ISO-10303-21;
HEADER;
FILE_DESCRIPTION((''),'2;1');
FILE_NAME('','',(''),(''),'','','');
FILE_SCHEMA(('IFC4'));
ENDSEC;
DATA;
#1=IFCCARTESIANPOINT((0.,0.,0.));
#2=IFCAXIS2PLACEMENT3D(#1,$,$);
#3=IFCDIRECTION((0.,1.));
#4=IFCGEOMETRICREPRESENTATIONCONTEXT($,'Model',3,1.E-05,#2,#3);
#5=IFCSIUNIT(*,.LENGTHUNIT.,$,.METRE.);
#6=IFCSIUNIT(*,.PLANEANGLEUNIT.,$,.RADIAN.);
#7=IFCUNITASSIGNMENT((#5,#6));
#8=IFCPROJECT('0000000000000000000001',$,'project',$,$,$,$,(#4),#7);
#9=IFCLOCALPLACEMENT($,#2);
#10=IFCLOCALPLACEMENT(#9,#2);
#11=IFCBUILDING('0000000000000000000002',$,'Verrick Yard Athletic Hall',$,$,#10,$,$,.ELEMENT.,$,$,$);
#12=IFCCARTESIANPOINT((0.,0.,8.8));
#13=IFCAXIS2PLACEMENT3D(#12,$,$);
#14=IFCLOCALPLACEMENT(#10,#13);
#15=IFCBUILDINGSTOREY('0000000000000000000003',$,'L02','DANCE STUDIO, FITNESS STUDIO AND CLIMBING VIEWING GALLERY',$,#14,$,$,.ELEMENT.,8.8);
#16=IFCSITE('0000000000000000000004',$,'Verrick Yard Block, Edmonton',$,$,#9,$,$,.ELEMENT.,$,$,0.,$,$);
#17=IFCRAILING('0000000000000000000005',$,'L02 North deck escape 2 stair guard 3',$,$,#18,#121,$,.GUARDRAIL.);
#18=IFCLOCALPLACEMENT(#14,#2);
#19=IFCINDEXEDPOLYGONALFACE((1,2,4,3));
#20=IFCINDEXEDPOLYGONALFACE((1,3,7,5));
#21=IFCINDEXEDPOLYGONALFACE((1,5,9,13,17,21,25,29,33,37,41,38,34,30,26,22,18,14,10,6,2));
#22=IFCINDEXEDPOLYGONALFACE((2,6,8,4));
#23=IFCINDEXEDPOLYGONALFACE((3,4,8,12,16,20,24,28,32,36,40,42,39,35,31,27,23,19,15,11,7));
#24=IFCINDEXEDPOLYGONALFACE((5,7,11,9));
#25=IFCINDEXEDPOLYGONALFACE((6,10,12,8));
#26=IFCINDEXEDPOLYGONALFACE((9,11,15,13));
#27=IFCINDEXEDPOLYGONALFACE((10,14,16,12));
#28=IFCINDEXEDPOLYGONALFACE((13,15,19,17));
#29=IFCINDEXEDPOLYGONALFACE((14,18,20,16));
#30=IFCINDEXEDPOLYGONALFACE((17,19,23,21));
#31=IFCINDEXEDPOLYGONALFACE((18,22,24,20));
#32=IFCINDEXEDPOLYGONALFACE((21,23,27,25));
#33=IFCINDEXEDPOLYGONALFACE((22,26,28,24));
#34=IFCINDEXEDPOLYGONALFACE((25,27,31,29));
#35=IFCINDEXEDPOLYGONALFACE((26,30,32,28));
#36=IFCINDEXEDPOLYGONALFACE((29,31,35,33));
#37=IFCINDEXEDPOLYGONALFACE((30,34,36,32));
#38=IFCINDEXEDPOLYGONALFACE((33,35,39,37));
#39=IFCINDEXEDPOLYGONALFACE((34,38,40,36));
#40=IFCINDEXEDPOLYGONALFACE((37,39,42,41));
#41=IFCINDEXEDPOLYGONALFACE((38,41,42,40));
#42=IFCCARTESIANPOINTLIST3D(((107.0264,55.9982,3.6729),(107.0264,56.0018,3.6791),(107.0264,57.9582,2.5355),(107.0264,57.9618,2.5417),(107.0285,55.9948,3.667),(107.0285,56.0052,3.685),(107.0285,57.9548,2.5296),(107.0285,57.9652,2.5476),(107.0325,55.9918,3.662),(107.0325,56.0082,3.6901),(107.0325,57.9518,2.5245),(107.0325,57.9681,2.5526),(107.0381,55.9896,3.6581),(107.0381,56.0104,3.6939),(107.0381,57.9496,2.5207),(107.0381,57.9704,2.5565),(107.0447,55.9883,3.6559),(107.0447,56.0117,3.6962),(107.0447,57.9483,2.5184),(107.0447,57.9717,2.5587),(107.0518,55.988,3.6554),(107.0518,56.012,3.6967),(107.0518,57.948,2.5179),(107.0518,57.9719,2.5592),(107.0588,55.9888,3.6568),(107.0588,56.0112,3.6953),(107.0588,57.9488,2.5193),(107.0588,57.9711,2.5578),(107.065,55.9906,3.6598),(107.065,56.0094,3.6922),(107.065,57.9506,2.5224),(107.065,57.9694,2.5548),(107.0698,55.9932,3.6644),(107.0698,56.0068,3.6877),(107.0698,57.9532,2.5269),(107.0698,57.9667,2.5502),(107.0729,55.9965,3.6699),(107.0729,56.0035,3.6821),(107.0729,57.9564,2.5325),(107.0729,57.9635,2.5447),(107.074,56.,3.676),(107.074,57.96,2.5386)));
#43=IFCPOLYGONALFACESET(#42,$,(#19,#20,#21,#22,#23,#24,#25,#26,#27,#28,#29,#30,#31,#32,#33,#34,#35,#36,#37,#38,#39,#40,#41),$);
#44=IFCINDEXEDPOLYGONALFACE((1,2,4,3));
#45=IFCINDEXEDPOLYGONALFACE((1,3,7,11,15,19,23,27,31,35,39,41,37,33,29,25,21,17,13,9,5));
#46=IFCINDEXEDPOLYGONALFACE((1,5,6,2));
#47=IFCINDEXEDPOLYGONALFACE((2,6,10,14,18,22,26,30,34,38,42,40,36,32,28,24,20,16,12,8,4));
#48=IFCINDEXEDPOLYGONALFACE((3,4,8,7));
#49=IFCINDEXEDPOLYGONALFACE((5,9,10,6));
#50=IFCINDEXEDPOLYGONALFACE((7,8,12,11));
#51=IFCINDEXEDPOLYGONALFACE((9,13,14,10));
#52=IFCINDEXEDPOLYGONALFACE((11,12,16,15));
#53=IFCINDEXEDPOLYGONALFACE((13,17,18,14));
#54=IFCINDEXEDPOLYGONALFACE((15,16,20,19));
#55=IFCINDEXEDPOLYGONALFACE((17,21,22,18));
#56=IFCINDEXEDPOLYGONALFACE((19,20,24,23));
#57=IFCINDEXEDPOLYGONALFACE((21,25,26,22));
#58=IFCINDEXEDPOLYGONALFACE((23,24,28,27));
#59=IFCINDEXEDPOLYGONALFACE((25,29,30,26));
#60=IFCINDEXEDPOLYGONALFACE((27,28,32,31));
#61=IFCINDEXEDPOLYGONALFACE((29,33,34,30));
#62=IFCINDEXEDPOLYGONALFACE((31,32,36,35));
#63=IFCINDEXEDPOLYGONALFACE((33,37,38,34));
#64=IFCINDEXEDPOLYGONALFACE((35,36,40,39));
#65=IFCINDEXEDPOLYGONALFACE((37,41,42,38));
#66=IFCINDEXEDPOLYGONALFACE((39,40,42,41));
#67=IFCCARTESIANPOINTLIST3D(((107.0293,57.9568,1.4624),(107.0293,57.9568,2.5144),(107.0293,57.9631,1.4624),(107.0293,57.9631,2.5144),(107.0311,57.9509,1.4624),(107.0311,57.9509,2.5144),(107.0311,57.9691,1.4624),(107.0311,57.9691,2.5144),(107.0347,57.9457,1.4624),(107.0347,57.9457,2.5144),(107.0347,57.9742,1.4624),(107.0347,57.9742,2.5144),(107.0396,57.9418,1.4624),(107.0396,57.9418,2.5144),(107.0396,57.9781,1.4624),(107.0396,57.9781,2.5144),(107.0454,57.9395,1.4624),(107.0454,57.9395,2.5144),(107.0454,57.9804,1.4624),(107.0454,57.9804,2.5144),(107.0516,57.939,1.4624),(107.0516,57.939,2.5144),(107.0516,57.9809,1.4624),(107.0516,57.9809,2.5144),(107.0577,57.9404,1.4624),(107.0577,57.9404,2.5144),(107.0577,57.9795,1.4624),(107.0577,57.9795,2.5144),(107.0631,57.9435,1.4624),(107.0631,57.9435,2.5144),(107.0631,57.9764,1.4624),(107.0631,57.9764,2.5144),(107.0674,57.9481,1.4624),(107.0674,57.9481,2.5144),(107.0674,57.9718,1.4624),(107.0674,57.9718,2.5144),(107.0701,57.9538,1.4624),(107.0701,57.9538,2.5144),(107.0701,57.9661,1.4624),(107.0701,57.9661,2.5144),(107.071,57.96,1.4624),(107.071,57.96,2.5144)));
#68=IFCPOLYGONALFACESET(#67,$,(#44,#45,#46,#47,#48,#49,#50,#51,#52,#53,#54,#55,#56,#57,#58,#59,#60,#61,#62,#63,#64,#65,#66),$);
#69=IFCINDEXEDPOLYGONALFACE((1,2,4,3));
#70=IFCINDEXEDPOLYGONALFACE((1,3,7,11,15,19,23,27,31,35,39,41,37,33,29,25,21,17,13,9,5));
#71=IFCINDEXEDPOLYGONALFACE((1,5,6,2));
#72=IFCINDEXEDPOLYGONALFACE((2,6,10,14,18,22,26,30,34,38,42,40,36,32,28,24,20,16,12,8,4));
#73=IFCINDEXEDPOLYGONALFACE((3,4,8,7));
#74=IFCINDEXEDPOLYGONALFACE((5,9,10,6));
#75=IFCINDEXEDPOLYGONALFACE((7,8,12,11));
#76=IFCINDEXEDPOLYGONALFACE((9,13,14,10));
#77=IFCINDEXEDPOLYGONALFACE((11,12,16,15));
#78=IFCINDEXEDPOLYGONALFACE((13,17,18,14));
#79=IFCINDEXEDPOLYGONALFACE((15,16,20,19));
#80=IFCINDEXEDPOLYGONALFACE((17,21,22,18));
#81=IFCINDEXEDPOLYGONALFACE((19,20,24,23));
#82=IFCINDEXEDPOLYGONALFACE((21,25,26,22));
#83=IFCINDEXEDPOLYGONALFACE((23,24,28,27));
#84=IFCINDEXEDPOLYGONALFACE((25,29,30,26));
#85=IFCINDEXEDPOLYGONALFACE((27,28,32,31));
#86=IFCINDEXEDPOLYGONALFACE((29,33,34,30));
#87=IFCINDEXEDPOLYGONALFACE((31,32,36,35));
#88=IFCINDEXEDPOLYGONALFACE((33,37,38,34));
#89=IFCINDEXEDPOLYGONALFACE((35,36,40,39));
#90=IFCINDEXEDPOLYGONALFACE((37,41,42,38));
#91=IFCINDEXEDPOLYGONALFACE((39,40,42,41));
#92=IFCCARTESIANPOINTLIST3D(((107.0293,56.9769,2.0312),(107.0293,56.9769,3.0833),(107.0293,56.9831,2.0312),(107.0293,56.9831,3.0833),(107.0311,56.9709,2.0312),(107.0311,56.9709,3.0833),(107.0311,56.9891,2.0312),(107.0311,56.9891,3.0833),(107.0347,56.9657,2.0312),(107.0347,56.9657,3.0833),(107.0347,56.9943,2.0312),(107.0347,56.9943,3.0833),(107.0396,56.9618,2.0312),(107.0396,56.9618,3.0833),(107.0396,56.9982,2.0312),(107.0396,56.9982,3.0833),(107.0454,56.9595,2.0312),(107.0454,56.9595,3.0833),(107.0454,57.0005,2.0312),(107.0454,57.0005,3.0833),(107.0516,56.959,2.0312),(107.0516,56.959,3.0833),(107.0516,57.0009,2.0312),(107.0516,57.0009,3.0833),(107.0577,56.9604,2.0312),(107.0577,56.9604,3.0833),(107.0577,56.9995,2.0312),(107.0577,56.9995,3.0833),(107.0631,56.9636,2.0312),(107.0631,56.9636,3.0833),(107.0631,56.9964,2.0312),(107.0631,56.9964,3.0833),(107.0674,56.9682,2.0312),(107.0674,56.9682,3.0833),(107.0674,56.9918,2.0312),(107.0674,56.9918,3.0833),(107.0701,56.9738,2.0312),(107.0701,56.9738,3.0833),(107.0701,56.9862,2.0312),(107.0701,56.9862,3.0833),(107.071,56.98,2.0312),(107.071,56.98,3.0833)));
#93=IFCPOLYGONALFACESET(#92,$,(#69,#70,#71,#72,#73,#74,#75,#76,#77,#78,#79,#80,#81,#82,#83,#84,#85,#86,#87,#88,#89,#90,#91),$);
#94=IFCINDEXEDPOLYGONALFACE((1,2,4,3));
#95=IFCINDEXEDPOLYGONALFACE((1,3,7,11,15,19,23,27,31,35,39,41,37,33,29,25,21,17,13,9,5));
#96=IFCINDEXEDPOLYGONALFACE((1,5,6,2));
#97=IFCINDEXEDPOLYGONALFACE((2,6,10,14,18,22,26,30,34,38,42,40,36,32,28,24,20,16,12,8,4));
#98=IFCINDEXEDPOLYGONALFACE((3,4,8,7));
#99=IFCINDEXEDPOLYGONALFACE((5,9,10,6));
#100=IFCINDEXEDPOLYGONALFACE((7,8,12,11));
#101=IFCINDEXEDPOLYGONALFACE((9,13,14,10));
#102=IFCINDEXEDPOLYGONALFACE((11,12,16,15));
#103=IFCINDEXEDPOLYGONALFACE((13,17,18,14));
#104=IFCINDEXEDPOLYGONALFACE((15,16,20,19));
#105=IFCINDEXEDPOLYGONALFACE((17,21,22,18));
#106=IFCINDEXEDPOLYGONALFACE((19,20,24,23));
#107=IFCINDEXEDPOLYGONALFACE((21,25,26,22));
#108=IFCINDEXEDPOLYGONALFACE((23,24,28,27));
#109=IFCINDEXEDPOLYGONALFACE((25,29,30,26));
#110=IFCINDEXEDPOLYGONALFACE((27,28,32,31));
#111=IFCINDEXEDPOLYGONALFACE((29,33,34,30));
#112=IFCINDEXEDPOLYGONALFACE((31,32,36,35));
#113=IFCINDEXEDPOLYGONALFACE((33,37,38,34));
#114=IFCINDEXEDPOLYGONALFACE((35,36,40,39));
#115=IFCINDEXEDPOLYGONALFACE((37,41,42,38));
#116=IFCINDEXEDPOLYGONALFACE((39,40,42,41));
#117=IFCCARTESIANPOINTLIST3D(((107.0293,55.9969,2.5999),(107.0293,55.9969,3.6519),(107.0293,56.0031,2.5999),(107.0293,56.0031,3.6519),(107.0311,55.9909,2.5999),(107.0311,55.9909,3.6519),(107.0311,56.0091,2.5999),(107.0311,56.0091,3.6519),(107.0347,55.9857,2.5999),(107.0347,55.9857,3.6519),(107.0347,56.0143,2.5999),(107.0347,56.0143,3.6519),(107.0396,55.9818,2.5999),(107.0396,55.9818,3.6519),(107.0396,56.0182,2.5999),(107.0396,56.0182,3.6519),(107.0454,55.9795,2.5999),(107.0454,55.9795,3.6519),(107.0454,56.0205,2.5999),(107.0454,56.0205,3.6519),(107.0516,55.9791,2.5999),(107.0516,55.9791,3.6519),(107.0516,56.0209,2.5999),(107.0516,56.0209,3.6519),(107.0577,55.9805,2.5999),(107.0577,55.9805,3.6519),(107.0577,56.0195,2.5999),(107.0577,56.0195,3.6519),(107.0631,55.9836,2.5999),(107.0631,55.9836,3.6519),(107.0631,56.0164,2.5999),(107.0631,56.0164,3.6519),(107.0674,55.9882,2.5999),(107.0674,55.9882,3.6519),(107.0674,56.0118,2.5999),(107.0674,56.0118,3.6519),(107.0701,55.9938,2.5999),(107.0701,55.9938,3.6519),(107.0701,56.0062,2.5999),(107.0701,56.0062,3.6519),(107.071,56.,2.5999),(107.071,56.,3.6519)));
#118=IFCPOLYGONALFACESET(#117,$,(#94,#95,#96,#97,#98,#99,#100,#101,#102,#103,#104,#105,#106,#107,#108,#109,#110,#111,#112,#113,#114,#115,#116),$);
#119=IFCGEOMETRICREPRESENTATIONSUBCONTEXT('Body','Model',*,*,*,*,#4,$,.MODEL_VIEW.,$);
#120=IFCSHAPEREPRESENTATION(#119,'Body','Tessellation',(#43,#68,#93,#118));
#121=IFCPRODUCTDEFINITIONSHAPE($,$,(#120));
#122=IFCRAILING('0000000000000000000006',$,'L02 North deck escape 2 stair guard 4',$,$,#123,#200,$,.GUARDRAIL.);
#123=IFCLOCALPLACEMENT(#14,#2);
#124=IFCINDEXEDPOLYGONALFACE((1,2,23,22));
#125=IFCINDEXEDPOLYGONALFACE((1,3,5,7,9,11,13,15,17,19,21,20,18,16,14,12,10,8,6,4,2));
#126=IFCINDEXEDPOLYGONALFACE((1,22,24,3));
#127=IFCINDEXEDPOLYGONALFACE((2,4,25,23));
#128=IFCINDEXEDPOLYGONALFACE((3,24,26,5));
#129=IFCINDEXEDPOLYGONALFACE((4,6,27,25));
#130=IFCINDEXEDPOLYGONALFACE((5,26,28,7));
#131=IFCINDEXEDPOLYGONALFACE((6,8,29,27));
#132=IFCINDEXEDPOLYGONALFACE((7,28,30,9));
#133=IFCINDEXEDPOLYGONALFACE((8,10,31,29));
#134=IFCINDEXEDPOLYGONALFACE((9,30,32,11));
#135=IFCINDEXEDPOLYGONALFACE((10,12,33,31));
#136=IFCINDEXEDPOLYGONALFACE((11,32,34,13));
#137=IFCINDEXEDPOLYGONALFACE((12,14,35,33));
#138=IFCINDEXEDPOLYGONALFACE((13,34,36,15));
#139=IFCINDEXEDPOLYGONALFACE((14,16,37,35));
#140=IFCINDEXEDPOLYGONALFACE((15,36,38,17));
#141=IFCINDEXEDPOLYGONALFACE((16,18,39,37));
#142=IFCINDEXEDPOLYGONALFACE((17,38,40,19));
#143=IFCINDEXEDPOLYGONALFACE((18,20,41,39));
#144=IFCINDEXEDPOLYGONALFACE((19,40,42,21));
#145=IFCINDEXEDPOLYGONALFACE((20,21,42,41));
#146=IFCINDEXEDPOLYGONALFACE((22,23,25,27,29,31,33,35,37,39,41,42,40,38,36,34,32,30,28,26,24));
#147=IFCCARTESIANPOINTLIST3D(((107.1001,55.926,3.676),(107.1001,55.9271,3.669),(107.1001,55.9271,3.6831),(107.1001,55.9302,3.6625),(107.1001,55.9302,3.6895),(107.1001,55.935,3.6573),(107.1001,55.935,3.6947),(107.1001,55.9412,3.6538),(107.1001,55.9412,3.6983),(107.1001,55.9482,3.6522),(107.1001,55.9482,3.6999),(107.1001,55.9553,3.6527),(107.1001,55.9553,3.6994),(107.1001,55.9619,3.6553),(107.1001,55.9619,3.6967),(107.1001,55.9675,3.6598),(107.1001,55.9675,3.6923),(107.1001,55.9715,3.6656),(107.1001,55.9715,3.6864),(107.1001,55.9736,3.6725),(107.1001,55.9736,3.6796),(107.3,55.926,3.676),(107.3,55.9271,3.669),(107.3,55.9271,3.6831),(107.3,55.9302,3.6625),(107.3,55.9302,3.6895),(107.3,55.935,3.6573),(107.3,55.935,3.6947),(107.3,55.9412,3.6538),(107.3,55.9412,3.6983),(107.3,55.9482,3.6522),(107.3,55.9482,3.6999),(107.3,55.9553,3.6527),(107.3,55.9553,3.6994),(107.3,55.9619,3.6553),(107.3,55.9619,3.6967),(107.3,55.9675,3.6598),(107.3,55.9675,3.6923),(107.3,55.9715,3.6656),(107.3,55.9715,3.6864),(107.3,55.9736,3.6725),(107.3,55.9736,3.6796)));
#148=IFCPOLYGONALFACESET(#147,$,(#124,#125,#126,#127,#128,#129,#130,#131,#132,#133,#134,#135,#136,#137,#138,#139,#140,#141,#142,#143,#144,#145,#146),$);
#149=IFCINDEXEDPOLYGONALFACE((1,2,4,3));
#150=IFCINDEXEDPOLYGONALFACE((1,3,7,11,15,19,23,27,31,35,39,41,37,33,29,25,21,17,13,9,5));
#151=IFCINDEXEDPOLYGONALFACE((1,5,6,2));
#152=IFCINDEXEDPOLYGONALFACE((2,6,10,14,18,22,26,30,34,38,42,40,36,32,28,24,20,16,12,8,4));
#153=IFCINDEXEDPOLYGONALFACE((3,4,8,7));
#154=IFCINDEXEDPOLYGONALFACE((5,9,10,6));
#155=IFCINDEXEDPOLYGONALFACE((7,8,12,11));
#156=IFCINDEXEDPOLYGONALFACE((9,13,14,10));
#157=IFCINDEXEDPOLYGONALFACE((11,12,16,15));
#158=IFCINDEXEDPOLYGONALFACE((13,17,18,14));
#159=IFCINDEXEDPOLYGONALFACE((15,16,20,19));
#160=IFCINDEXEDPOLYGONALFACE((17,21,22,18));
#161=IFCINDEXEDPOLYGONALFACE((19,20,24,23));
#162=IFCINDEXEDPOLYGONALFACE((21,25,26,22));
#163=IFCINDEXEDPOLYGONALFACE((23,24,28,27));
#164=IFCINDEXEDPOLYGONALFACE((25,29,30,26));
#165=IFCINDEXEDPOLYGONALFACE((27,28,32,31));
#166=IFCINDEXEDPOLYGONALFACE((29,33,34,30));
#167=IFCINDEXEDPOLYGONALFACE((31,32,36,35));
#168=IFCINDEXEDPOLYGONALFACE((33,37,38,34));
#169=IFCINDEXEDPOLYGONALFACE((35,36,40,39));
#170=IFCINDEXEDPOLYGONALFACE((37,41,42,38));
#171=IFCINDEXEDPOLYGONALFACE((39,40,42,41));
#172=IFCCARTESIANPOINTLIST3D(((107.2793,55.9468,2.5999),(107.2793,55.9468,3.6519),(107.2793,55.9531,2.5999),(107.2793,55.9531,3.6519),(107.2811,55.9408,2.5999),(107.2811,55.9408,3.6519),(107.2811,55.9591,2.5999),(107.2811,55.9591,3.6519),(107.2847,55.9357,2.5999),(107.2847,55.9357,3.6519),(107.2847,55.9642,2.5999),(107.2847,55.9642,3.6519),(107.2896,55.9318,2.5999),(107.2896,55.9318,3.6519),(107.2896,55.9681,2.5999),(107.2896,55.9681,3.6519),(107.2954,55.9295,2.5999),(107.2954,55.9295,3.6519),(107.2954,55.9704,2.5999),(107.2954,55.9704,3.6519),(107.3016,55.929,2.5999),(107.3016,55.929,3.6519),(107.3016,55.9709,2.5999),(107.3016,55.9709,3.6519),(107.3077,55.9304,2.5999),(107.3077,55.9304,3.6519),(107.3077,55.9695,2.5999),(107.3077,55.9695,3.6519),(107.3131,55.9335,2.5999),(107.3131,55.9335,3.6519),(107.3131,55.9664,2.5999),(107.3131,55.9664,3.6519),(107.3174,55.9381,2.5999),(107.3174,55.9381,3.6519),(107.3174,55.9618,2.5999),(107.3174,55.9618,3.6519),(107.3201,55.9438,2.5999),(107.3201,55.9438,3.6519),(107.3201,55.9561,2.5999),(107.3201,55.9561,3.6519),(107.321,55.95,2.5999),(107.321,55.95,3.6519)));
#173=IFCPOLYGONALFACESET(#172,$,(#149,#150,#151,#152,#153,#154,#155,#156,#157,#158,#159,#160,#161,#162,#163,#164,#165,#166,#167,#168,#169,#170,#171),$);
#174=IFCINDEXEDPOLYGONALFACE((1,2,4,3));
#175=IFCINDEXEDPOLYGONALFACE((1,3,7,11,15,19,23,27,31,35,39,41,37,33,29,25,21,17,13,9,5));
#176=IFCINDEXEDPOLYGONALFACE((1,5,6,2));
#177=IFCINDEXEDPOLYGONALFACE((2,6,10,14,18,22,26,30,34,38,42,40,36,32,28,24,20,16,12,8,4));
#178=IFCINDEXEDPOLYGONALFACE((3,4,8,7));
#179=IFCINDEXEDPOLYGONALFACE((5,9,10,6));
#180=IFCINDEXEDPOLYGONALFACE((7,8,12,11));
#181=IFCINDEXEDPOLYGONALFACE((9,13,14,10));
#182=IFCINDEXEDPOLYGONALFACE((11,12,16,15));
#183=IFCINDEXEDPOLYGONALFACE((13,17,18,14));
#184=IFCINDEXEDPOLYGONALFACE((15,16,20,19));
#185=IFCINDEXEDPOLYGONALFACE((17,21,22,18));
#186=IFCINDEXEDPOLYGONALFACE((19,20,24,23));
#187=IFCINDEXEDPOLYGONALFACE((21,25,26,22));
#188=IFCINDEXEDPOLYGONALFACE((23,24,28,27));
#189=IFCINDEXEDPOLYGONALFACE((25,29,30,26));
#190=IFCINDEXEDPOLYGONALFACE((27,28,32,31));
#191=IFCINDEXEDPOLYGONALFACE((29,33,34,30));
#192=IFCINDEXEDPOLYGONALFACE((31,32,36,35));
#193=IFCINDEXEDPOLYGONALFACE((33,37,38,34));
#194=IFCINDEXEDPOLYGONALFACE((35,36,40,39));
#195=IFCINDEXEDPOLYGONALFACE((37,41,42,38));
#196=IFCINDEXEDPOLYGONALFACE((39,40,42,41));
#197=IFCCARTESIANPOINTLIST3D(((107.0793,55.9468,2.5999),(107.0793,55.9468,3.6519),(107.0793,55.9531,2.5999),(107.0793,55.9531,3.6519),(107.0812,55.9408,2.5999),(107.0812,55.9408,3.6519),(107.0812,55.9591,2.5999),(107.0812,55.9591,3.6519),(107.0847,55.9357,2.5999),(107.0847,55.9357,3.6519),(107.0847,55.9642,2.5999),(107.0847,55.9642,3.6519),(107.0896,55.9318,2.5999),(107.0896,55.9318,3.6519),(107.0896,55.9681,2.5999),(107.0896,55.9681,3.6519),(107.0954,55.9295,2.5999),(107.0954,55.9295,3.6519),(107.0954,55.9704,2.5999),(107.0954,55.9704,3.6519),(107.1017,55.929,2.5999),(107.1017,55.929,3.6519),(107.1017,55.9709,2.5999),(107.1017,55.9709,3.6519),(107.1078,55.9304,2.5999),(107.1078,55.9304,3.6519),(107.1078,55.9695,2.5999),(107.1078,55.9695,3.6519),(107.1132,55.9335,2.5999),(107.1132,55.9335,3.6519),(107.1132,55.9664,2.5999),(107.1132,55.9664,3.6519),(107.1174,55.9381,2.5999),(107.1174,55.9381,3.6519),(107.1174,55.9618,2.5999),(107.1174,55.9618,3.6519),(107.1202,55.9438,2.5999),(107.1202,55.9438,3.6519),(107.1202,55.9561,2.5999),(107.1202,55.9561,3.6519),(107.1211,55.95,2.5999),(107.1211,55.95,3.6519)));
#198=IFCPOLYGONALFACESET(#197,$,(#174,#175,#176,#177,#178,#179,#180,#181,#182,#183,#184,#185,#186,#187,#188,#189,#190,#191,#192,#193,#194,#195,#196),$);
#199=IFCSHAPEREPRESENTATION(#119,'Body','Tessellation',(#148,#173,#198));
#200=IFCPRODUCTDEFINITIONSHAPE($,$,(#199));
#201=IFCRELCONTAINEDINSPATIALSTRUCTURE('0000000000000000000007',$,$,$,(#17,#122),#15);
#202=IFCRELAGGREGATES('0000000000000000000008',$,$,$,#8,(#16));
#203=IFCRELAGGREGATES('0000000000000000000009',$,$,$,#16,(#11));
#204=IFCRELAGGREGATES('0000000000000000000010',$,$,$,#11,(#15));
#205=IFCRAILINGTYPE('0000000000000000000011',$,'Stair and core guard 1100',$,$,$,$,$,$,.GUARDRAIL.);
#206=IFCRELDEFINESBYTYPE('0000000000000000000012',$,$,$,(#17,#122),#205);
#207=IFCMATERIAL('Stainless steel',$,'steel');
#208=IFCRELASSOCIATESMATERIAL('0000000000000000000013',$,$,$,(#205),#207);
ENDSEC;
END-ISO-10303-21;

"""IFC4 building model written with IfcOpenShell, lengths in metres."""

from ifc_helpers import new_model, si_unit, direction, frame, origin, origin_2d, place, context, subcontext, project, spatial, circle, extrude, material, type_object, element, save


model = new_model("IFC4")

# Units and contexts
model_context = context("Model", 3, precision=1e-05, world=origin(), true_north=direction((0.0, 1.0)))
body_context = subcontext(model_context, "Body", "Model", "MODEL_VIEW")
ifc_project = project(units=[si_unit("LENGTHUNIT", "METRE"), si_unit("PLANEANGLEUNIT", "RADIAN")], contexts=[model_context])

# Site, building, storey
site_placement = place(None, origin())
site = spatial("IfcSite", under=ifc_project, at=site_placement, Name="Verrick Yard Block, Edmonton", CompositionType="ELEMENT", RefElevation=0.0)
building_placement = place(site_placement, origin())
building = spatial("IfcBuilding", under=site, at=building_placement, Name="Verrick Yard Athletic Hall", CompositionType="ELEMENT")
storey_placement = place(building_placement, frame((0.0, 0.0, 8.8)))
storey = spatial("IfcBuildingStorey", under=building, at=storey_placement, Name="L02", Description="DANCE STUDIO, FITNESS STUDIO AND CLIMBING VIEWING GALLERY", CompositionType="ELEMENT", Elevation=8.8)

# Railings
ifc_material_1 = material(Name="Stainless steel", Category="steel")
railing_type_1 = type_object("IfcRailingType", Name="Stair and core guard 1100", PredefinedType="GUARDRAIL", material=ifc_material_1)
railing_1_placement = place(storey_placement, frame((107.05, 57.96, 1.4624)))
element("IfcRailing", 1, at=railing_1_placement, inside=storey, type_object=railing_type_1, Name="L02 North deck escape 2 stair guard 3", PredefinedType="GUARDRAIL", context=body_context, shape_type="SweptSolid", body=[
    extrude(circle(Radius=0.0239, at=origin_2d()), frame((0.0, 0.0, 1.0762), z_axis=(0.0, -0.864902, 0.501941), x_axis=(1.0, 0.0, 0.0)), (0.0, 0.0, 1.0), 2.2661),
    extrude(circle(Radius=0.021, at=origin_2d()), origin(), (0.0, 0.0, 1.0), 1.052),
    extrude(circle(Radius=0.021, at=origin_2d()), frame((0.0, -0.98, 0.5688)), (0.0, 0.0, 1.0), 1.052),
    extrude(circle(Radius=0.021, at=origin_2d()), frame((0.0, -1.96, 1.1375)), (0.0, 0.0, 1.0), 1.052),
])
for number, where, name in (
    (2, (107.3, 55.95, 2.5999), "L02 North deck escape 2 stair guard 4"),
):
    element("IfcRailing", number, at=place(storey_placement, frame(where)), inside=storey, type_object=railing_type_1, Name=name, PredefinedType="GUARDRAIL", context=body_context, shape_type="SweptSolid", body=[
        extrude(circle(Radius=0.0239, at=origin_2d()), frame((0.0, 0.0, 1.0762), z_axis=(-1.0, 0.0, 0.0), x_axis=(0.0, -1.0, 0.0)), (0.0, 0.0, 1.0), 0.2),
        extrude(circle(Radius=0.021, at=origin_2d()), origin(), (0.0, 0.0, 1.0), 1.052),
        extrude(circle(Radius=0.021, at=origin_2d()), frame((-0.2, 0.0, 0.0)), (0.0, 0.0, 1.0), 1.052),
    ])

save(model, "model.ifc")
